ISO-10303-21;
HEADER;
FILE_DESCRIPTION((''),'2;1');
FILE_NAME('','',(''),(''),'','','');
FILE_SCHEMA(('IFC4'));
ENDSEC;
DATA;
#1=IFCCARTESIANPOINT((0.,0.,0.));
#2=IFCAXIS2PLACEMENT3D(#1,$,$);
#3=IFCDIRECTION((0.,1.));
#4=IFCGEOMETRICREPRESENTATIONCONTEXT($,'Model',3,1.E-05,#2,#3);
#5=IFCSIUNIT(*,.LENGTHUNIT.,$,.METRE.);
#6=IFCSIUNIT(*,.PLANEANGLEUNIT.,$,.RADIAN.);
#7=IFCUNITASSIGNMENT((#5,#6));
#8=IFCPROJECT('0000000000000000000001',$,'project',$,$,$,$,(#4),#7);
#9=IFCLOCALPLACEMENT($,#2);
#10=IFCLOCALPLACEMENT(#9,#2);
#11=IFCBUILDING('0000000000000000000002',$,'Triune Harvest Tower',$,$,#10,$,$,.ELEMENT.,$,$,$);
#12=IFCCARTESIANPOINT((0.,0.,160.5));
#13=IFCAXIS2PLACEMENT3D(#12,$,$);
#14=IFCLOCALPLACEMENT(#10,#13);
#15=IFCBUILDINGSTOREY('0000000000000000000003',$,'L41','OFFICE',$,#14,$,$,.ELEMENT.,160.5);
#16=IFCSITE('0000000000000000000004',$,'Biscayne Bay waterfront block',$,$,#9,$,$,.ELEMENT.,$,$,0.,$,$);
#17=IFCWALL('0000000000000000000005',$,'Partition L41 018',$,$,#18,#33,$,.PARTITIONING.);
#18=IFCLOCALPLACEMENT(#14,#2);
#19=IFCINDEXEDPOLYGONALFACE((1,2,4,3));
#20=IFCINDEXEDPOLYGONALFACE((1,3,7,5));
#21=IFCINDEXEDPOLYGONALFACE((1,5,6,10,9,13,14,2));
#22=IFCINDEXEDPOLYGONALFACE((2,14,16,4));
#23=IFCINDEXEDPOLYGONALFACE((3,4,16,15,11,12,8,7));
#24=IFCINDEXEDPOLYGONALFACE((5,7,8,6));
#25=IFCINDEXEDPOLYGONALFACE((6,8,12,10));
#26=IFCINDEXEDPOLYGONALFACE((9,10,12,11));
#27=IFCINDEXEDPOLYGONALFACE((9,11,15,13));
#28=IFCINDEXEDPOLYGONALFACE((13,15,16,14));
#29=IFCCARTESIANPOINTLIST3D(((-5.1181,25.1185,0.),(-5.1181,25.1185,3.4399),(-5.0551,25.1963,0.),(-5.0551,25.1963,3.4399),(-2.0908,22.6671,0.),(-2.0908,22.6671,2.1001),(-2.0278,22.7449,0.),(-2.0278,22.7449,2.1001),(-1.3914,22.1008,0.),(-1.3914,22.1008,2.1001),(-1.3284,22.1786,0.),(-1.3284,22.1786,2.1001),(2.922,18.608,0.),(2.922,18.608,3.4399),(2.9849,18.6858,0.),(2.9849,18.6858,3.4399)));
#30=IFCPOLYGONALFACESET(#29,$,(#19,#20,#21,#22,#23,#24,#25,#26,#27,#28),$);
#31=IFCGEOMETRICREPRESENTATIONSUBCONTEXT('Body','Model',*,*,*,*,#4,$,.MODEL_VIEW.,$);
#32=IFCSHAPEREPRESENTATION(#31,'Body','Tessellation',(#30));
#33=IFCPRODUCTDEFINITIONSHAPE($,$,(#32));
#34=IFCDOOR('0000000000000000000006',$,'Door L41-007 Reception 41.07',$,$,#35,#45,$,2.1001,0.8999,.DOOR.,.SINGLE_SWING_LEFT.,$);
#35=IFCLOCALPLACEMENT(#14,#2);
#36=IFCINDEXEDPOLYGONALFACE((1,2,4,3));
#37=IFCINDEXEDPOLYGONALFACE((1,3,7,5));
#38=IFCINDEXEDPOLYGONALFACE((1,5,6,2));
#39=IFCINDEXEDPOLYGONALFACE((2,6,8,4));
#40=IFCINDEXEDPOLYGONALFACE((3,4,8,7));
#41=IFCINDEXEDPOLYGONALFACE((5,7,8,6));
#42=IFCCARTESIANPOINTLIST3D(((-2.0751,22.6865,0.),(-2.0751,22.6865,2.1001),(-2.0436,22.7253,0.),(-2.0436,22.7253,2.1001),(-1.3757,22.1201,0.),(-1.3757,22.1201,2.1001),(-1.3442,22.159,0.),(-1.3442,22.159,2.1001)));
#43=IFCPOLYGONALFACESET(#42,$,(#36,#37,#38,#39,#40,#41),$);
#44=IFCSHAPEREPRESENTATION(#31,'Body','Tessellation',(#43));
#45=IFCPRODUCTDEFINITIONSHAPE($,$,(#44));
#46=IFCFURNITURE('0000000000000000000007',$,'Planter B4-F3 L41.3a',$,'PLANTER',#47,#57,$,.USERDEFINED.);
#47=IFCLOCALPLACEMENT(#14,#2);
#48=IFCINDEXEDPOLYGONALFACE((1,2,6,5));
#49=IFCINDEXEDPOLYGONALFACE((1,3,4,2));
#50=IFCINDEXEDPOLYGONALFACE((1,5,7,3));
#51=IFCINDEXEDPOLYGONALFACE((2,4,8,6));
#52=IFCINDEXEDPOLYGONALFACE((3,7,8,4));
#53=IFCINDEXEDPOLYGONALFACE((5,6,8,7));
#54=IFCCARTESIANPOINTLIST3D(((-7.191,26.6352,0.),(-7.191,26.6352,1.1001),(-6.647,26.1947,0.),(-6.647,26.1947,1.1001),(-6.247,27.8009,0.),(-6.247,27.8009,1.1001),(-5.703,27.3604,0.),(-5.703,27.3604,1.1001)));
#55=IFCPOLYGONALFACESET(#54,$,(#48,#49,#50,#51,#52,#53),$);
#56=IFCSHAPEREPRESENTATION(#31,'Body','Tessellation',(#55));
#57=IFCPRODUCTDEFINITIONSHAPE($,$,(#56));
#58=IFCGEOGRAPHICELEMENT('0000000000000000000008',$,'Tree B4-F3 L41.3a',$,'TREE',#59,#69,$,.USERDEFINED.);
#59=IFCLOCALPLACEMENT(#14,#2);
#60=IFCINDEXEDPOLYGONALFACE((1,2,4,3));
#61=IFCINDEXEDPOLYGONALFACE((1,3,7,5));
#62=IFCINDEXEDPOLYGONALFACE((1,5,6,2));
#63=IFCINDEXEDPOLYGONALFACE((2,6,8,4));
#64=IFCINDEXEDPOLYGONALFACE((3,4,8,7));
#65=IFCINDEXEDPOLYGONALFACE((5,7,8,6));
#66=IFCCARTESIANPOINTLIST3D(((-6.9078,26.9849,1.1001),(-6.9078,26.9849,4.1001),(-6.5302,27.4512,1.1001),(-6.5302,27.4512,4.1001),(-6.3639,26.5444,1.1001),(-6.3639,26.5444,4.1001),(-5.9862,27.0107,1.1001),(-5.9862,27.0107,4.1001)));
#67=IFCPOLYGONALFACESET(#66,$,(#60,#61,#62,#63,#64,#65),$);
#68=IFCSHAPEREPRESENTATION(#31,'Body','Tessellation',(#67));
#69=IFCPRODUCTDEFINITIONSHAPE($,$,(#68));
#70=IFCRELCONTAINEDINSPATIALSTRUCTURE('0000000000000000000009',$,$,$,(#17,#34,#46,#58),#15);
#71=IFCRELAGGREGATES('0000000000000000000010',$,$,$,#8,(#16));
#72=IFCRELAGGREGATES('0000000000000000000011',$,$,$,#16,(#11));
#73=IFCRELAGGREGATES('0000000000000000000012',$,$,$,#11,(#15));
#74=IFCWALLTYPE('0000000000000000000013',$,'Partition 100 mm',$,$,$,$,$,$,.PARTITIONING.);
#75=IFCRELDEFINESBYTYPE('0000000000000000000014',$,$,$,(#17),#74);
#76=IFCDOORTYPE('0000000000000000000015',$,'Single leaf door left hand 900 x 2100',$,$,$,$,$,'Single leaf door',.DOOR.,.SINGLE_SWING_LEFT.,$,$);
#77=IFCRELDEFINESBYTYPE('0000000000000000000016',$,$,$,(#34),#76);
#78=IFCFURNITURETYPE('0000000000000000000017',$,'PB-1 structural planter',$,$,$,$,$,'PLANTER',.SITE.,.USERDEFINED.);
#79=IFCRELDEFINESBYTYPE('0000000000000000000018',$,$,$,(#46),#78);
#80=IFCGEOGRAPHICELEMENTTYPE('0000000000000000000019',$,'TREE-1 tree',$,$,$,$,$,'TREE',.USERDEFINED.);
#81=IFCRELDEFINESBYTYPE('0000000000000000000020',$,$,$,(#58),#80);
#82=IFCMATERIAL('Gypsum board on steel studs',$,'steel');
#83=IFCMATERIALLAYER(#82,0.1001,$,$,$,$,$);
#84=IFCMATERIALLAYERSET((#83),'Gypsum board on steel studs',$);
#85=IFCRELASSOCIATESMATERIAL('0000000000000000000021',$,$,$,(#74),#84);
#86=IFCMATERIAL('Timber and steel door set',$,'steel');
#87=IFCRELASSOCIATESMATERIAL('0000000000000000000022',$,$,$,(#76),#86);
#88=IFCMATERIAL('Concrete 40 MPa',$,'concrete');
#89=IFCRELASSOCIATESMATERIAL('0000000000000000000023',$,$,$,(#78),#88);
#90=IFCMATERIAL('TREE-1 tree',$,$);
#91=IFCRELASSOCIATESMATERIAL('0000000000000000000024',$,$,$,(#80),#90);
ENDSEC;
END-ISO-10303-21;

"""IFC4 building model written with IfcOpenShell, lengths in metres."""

from ifc_helpers import new_model, si_unit, direction, frame, frame_2d, origin, origin_2d, place, context, subcontext, project, spatial, rectangle, extrude, source, transform, mapped, material, layer, layer_set, type_object, element, fill, save


model = new_model("IFC4")

# Units and contexts
model_context = context("Model", 3, precision=1e-05, world=origin(), true_north=direction((0.0, 1.0)))
body_context = subcontext(model_context, "Body", "Model", "MODEL_VIEW")
ifc_project = project(units=[si_unit("LENGTHUNIT", "METRE"), si_unit("PLANEANGLEUNIT", "RADIAN")], contexts=[model_context])

# Site, building, storey
site_placement = place(None, origin())
site = spatial("IfcSite", under=ifc_project, at=site_placement, Name="Biscayne Bay waterfront block", CompositionType="ELEMENT", RefElevation=0.0)
building_placement = place(site_placement, origin())
building = spatial("IfcBuilding", under=site, at=building_placement, Name="Triune Harvest Tower", CompositionType="ELEMENT")
storey_placement = place(building_placement, frame((0.0, 0.0, 160.5)))
storey = spatial("IfcBuildingStorey", under=building, at=storey_placement, Name="L41", Description="OFFICE", CompositionType="ELEMENT", Elevation=160.5)

# Shared definitions
ifc_material_1 = material(Name="Gypsum board on steel studs", Category="steel")
ifc_layer_1 = layer(ifc_material_1, 0.1001)
ifc_layer_set_1 = layer_set([ifc_layer_1], Name="Gypsum board on steel studs")
wall_type_1 = type_object("IfcWallType", Name="Partition 100 mm", PredefinedType="PARTITIONING", material=ifc_layer_set_1)

# Wall, opening, door
shared_shape_1 = source(origin(), body_context, "Body", "SweptSolid", [
    extrude(rectangle(XDim=10.3455, YDim=0.1001, at=frame_2d((5.1729, 0.0))), origin(), (0.0, 0.0, 1.0), 3.4399),
])
wall_1_placement = place(storey_placement, frame((-5.0867, 25.1575, 0.0), z_axis=(0.0, 0.0, 1.0), x_axis=(0.777155, -0.629309, 0.0)))
wall_1 = element("IfcWall", 1, at=wall_1_placement, inside=storey, type_object=wall_type_1, Name="Partition L41 018", PredefinedType="PARTITIONING", context=body_context, shape_type="MappedRepresentation", body=[
    mapped(shared_shape_1, transform((0.0, 0.0, 0.0), scale=1.0)),
])
opening_1_placement = place(wall_1_placement, frame((3.8955, 0.0, 0.0)))
opening_1 = element("IfcOpeningElement", 2, at=opening_1_placement, cuts=wall_1, PredefinedType="OPENING", context=body_context, shape_type="SweptSolid", body=[
    extrude(rectangle(XDim=0.8999, YDim=2.1001, at=frame_2d((0.45, 1.05))), frame((0.0, 0.0601, 0.0), z_axis=(0.0, -1.0, 0.0), x_axis=(1.0, 0.0, 0.0)), (0.0, 0.0, 1.0), 0.1201),
])
ifc_material_2 = material(Name="Timber and steel door set", Category="steel")
door_type_1 = type_object("IfcDoorType", Name="Single leaf door left hand 900 x 2100", ElementType="Single leaf door", OperationType="SINGLE_SWING_LEFT", PredefinedType="DOOR", material=ifc_material_2)
door_1_placement = place(opening_1_placement, origin())
door_1 = element("IfcDoor", 3, at=door_1_placement, inside=storey, type_object=door_type_1, Name="Door L41-007 Reception 41.07", OperationType="SINGLE_SWING_LEFT", OverallHeight=2.1001, OverallWidth=0.8999, PredefinedType="DOOR", context=body_context, shape_type="SweptSolid", body=[
    extrude(rectangle(XDim=0.8999, YDim=2.1001, at=frame_2d((0.45, 1.05))), frame((0.0, 0.0249, 0.0), z_axis=(0.0, -1.0, 0.0), x_axis=(1.0, 0.0, 0.0)), (0.0, 0.0, 1.0), 0.05),
])
fill(opening_1, door_1)

# Furniture
ifc_material_3 = material(Name="Concrete 40 MPa", Category="concrete")
furniture_type = type_object("IfcFurnitureType", Name="PB-1 structural planter", ElementType="PLANTER", AssemblyPlace="SITE", PredefinedType="USERDEFINED", material=ifc_material_3)
shared_shape_2 = source(origin(), body_context, "Body", "SweptSolid", [
    extrude(rectangle(XDim=1.5, YDim=0.7, at=origin_2d()), origin(), (0.0, 0.0, 1.0), 1.1001),
])
furniture_placement = place(storey_placement, frame((-6.447, 26.9978, 0.0), z_axis=(0.0, 0.0, 1.0), x_axis=(-0.629321, -0.777145, 0.0)))
element("IfcFurniture", 4, at=furniture_placement, inside=storey, type_object=furniture_type, Name="Planter B4-F3 L41.3a", ObjectType="PLANTER", PredefinedType="USERDEFINED", context=body_context, shape_type="MappedRepresentation", body=[
    mapped(shared_shape_2, transform((0.0, 0.0, 0.0), scale=1.0)),
])

# Geographic element
ifc_material_4 = material(Name="TREE-1 tree")
geographic_element_type = type_object("IfcGeographicElementType", Name="TREE-1 tree", ElementType="TREE", PredefinedType="USERDEFINED", material=ifc_material_4)
shared_shape_3 = source(origin(), body_context, "Body", "SweptSolid", [
    extrude(rectangle(XDim=0.6001, YDim=0.7, at=origin_2d()), origin(), (0.0, 0.0, 1.0), 3.0),
])
geographic_element_placement = place(storey_placement, frame((-6.447, 26.9978, 1.1001), z_axis=(0.0, 0.0, 1.0), x_axis=(-0.629321, -0.777145, 0.0)))
element("IfcGeographicElement", 5, at=geographic_element_placement, inside=storey, type_object=geographic_element_type, Name="Tree B4-F3 L41.3a", ObjectType="TREE", PredefinedType="USERDEFINED", context=body_context, shape_type="MappedRepresentation", body=[
    mapped(shared_shape_3, transform((0.0, 0.0, 0.0), scale=1.0)),
])

save(model, "model.ifc")
